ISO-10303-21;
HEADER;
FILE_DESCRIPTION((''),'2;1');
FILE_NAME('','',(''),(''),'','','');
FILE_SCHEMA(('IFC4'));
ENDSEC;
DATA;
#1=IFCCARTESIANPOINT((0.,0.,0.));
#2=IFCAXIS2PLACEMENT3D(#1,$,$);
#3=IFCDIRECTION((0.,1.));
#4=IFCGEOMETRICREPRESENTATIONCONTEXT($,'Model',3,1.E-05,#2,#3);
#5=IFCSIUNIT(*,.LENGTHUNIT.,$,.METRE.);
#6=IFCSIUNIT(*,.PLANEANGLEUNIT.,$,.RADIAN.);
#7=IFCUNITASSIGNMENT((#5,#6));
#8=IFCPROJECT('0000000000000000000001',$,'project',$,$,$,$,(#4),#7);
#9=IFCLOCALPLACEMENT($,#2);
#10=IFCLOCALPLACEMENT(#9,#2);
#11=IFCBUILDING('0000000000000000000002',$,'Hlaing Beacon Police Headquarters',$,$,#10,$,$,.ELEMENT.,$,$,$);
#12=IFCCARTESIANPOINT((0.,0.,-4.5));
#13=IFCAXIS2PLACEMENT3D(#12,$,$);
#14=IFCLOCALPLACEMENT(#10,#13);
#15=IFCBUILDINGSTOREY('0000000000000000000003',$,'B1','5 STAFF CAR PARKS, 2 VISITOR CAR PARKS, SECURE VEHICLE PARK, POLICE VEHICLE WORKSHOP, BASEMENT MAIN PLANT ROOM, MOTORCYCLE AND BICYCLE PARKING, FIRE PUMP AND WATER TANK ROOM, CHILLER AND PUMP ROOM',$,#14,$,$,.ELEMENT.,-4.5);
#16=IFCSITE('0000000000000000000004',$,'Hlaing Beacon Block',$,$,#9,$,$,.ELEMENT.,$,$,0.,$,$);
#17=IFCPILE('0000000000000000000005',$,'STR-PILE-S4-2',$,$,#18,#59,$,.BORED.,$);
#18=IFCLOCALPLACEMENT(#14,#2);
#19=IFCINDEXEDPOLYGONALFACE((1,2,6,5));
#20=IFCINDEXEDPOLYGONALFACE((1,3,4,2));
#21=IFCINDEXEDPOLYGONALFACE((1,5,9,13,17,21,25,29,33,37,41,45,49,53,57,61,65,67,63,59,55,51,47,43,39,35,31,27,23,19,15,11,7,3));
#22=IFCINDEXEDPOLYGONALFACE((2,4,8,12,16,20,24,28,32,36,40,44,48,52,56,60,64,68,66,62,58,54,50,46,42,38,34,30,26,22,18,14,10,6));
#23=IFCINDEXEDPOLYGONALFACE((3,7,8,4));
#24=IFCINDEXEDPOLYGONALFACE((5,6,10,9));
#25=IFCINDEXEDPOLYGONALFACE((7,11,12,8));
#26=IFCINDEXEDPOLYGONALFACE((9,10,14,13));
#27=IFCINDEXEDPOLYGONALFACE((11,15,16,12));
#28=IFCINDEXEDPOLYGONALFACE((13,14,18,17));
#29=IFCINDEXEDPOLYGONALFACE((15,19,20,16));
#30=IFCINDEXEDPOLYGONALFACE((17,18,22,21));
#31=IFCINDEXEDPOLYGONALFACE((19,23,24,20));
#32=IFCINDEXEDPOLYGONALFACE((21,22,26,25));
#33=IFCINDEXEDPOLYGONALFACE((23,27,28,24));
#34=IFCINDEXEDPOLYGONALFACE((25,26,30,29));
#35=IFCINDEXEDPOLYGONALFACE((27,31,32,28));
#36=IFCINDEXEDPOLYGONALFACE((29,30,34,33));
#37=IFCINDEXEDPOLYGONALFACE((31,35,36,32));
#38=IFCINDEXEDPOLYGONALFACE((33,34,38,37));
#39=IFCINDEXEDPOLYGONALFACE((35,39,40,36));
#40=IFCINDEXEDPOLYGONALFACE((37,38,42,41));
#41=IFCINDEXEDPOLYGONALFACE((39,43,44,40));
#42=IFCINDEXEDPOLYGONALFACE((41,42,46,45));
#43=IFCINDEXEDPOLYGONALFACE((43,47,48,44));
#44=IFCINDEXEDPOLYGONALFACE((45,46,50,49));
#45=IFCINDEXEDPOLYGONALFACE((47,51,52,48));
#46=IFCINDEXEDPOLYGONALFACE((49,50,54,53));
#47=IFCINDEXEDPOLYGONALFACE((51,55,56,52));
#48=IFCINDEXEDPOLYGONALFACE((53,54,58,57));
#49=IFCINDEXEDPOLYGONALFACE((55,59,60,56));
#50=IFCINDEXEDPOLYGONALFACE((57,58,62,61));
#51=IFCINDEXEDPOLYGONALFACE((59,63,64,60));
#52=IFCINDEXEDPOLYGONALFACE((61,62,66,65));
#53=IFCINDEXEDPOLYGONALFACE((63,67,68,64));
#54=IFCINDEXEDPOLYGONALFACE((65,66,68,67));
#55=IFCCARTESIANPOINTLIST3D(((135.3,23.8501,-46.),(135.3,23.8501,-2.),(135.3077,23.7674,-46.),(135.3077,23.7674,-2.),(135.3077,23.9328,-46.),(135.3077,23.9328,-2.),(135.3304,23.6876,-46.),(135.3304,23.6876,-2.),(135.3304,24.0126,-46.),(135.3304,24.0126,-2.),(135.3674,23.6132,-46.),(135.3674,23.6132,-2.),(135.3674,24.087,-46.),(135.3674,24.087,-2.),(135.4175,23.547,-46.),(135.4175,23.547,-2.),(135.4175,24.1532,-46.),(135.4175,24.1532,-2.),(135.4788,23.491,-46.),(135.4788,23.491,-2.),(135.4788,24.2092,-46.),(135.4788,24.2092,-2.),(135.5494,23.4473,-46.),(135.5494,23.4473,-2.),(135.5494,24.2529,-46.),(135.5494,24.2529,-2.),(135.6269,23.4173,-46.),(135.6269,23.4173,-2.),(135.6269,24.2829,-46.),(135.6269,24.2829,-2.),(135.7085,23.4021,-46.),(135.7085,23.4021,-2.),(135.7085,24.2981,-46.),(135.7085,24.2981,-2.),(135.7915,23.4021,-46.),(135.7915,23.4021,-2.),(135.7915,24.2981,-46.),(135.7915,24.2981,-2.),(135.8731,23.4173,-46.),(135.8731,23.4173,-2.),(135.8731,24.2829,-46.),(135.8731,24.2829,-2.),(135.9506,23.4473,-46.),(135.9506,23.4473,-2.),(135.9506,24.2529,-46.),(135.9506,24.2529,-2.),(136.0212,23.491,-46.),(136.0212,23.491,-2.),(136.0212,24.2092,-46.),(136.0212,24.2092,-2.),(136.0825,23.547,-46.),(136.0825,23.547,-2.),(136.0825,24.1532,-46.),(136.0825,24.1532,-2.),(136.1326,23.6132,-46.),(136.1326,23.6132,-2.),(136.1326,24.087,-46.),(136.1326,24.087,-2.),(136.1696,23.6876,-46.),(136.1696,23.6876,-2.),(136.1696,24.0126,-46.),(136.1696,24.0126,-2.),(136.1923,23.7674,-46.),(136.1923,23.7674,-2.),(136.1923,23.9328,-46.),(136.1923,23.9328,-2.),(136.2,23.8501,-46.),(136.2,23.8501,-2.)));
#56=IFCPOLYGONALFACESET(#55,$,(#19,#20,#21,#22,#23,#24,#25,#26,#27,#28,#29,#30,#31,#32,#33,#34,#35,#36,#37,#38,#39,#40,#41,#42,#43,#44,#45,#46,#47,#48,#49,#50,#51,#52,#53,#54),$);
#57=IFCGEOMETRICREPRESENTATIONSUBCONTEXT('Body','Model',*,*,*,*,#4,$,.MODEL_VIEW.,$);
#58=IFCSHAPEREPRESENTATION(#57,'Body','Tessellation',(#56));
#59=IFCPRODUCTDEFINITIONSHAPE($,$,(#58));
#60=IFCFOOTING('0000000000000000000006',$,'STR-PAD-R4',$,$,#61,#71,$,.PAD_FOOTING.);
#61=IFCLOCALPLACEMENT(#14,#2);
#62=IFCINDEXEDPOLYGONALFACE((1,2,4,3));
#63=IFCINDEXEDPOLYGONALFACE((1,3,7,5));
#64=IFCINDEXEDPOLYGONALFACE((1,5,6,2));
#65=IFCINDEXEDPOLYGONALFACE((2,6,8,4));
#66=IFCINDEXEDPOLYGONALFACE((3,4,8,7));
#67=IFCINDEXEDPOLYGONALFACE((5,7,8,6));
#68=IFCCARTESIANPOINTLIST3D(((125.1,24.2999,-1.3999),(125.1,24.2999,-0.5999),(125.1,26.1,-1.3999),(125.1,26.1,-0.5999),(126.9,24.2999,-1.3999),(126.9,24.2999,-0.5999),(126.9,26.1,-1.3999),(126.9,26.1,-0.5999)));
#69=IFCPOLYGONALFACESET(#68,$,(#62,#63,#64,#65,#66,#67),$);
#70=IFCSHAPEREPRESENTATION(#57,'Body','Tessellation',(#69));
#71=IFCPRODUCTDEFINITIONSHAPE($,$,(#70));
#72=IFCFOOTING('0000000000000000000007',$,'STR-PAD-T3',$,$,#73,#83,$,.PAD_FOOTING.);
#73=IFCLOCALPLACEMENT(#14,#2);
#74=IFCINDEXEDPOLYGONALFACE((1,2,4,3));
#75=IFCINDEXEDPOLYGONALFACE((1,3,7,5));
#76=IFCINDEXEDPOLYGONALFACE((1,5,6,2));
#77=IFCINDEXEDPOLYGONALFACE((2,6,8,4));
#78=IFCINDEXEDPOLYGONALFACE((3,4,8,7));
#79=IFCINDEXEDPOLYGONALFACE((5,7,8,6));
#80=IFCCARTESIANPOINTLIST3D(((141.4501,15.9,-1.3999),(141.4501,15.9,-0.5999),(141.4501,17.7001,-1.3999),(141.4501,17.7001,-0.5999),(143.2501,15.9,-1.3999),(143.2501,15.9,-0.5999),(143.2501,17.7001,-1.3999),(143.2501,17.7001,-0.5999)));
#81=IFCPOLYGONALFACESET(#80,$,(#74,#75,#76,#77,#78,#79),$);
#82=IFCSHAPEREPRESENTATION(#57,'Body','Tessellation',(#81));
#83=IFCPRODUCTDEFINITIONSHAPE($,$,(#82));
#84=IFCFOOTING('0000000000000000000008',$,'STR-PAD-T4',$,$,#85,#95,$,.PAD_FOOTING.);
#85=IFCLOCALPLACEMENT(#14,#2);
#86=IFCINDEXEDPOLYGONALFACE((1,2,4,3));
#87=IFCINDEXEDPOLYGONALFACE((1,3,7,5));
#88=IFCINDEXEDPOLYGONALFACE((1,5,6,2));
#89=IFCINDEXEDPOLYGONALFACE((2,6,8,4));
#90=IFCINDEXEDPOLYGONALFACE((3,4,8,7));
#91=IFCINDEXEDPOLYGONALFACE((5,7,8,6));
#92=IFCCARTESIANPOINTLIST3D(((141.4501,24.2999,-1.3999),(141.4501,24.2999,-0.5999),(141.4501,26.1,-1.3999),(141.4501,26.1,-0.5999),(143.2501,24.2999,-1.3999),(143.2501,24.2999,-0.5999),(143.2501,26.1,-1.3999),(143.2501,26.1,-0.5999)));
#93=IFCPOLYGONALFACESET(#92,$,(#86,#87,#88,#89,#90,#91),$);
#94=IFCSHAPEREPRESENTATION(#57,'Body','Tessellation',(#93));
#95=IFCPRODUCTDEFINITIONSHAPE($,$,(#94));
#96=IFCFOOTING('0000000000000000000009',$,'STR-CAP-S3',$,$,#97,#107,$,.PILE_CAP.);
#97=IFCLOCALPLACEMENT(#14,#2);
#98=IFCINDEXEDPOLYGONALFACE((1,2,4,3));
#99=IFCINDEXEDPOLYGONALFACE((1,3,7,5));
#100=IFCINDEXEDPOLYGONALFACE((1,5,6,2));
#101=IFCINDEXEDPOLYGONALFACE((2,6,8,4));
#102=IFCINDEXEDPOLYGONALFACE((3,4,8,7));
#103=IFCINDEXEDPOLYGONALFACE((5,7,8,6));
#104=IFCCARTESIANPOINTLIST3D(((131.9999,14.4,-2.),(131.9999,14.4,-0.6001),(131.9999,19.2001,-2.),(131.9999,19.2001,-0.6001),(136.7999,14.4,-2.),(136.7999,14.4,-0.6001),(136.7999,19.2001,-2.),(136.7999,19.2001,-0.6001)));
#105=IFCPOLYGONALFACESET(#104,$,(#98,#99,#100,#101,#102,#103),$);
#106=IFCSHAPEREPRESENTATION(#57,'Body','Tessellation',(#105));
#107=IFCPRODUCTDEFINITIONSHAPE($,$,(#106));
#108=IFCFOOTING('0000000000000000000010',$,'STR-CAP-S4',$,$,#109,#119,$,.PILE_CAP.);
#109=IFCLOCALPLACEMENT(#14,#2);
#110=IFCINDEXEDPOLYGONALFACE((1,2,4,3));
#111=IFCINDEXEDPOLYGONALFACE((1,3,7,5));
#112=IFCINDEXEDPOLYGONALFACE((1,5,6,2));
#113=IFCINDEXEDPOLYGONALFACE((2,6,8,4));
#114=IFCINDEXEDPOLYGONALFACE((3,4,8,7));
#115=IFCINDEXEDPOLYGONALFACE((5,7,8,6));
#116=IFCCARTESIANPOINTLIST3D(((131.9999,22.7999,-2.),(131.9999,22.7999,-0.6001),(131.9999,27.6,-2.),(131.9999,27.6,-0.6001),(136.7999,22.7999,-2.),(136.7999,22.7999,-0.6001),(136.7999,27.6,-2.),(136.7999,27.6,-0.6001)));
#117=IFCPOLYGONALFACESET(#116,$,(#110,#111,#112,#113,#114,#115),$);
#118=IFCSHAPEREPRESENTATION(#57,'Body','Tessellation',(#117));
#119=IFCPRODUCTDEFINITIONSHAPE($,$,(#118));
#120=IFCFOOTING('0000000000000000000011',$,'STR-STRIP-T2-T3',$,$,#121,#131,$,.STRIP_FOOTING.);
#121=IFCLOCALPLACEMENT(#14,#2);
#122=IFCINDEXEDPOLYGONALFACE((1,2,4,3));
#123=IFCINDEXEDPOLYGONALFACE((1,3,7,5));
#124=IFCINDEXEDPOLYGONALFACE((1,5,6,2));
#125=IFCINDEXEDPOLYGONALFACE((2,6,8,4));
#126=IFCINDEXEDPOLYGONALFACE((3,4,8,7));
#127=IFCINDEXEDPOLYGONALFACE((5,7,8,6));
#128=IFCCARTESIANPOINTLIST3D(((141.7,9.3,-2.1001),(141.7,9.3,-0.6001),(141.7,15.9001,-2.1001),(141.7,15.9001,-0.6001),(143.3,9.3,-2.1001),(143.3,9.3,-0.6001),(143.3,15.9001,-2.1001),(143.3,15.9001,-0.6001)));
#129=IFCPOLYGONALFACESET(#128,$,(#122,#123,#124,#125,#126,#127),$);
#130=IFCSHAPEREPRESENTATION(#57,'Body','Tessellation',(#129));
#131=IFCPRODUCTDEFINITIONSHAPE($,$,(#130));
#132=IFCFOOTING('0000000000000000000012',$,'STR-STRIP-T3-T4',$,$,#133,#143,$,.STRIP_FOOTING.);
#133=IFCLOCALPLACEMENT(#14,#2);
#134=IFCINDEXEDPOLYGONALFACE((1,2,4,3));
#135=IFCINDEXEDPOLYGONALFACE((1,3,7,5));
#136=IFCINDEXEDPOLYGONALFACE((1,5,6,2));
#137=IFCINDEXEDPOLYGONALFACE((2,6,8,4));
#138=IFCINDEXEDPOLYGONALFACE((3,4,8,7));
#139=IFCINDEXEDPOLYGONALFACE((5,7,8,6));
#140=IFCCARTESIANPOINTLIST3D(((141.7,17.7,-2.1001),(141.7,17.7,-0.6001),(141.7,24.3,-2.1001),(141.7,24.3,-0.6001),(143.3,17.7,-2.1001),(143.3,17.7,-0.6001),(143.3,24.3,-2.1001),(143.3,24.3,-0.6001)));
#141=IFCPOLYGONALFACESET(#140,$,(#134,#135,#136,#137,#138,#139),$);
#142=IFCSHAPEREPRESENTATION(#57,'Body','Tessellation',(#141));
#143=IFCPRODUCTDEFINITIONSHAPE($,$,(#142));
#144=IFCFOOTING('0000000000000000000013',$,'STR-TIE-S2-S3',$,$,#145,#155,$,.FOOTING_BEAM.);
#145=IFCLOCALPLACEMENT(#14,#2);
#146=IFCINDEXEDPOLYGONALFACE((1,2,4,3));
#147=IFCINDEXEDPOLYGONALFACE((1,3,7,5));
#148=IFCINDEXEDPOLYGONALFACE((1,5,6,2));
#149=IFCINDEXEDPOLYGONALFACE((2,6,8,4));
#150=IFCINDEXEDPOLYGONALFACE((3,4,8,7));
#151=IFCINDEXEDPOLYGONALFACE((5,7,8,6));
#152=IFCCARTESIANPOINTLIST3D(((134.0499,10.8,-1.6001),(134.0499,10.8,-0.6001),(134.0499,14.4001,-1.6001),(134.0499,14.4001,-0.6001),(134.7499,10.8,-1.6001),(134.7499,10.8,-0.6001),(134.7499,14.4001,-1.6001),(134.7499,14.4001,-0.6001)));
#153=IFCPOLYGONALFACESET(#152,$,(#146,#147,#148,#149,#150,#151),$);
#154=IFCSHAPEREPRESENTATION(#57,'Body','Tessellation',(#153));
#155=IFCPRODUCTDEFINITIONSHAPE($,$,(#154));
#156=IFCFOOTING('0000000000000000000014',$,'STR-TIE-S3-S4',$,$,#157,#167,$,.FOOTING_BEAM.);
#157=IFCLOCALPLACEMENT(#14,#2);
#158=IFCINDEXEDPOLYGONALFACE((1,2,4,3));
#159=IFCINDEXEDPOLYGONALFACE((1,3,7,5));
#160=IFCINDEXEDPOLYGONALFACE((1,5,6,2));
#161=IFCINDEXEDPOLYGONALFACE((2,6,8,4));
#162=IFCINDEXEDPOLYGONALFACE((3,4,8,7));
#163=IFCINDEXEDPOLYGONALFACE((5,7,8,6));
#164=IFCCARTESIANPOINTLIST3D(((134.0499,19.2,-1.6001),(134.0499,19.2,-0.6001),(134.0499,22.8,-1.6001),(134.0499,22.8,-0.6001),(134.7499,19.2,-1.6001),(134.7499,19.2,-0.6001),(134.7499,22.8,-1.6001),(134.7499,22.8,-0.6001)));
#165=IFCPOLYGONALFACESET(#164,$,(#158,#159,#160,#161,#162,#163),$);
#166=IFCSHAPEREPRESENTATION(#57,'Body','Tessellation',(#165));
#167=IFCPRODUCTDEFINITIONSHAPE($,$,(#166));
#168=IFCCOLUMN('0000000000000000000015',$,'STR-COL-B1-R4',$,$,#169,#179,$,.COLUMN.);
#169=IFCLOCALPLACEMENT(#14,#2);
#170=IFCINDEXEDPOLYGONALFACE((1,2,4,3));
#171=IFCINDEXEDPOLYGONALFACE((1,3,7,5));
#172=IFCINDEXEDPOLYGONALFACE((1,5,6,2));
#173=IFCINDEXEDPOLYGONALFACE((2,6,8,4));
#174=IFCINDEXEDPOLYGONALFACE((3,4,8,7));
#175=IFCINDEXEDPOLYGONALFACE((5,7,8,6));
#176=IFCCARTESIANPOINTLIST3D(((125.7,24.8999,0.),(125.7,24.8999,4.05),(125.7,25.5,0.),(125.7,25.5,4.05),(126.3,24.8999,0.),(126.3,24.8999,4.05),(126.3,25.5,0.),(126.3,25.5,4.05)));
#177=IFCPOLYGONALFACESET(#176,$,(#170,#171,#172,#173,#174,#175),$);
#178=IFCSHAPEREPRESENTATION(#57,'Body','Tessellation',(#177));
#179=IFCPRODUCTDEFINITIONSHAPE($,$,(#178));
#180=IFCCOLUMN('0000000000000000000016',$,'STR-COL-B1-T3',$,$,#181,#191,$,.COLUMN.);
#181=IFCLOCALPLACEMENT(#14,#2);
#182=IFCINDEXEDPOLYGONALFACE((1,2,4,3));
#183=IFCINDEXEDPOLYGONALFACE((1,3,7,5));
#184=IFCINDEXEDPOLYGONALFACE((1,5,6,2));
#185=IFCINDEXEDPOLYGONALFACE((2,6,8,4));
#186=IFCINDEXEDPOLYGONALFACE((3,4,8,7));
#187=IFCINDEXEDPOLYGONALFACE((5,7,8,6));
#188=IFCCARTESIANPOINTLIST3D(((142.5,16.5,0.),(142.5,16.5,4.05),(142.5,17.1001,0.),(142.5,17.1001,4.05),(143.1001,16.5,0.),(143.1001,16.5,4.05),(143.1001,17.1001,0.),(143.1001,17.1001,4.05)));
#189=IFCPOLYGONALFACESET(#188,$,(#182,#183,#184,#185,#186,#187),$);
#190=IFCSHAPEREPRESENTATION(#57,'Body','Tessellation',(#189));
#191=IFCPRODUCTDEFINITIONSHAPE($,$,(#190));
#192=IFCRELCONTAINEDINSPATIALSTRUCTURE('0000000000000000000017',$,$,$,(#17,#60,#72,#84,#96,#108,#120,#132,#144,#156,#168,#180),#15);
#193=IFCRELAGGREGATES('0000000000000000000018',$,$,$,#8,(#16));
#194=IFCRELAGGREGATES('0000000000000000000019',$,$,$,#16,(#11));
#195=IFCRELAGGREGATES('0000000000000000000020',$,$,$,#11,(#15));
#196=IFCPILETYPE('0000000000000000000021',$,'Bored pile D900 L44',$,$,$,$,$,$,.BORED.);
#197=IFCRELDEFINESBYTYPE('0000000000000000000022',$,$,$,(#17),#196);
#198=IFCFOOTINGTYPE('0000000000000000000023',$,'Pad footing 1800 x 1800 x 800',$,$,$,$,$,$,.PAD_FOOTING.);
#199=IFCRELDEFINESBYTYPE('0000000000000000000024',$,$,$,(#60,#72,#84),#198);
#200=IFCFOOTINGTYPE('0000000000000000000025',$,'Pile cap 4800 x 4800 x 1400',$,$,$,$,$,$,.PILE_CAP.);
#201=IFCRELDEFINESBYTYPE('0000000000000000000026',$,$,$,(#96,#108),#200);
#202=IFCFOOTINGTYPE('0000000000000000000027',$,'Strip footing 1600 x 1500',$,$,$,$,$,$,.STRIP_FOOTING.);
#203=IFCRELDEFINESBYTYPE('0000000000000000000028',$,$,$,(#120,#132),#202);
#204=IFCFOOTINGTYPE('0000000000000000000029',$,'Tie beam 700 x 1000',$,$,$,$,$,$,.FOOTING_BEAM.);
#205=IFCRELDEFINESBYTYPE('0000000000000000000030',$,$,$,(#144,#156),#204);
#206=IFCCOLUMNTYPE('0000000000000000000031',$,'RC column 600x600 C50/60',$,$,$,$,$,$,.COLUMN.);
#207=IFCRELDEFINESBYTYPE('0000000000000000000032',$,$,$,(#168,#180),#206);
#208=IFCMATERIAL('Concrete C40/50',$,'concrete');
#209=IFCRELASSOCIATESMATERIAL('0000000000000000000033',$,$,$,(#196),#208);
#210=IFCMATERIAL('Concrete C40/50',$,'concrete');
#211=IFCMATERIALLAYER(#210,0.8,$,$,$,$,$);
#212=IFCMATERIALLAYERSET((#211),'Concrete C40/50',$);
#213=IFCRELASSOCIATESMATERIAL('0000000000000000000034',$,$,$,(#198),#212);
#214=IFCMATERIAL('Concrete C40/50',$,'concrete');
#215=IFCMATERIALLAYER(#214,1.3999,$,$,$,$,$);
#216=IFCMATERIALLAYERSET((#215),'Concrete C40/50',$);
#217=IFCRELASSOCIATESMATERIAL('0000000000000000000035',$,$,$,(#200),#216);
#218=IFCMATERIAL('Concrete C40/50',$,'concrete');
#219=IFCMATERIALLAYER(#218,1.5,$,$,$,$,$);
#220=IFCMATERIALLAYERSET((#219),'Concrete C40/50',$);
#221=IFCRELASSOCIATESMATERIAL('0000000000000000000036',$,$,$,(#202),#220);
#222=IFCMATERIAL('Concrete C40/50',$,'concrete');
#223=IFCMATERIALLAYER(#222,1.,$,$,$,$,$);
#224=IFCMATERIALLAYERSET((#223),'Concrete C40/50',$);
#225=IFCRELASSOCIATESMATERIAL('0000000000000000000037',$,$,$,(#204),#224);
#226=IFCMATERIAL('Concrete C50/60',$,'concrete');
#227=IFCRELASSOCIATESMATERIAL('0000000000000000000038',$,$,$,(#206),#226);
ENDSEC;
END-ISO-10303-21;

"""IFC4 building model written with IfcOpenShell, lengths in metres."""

from ifc_helpers import new_model, si_unit, direction, frame, origin, origin_2d, place, context, subcontext, project, spatial, rectangle, circle, extrude, material, layer, layer_set, material_profile, profile_set, type_object, element, save


model = new_model("IFC4")

# Units and contexts
model_context = context("Model", 3, precision=1e-05, world=origin(), true_north=direction((0.0, 1.0)))
body_context = subcontext(model_context, "Body", "Model", "MODEL_VIEW")
ifc_project = project(units=[si_unit("LENGTHUNIT", "METRE"), si_unit("PLANEANGLEUNIT", "RADIAN")], contexts=[model_context])

# Site, building, storey
site_placement = place(None, origin())
site = spatial("IfcSite", under=ifc_project, at=site_placement, Name="Hlaing Beacon Block", CompositionType="ELEMENT", RefElevation=0.0)
building_placement = place(site_placement, origin())
building = spatial("IfcBuilding", under=site, at=building_placement, Name="Hlaing Beacon Police Headquarters", CompositionType="ELEMENT")
storey_placement = place(building_placement, frame((0.0, 0.0, -4.5)))
storey = spatial("IfcBuildingStorey", under=building, at=storey_placement, Name="B1", Description="5 STAFF CAR PARKS, 2 VISITOR CAR PARKS, SECURE VEHICLE PARK, POLICE VEHICLE WORKSHOP, BASEMENT MAIN PLANT ROOM, MOTORCYCLE AND BICYCLE PARKING, FIRE PUMP AND WATER TANK ROOM, CHILLER AND PUMP ROOM", CompositionType="ELEMENT", Elevation=-4.5)

# Pile
ifc_material_1 = material(Name="Concrete C40/50", Category="concrete")
ifc_material_profile_1 = material_profile(ifc_material_1, circle(Radius=0.45, at=origin_2d()), Name="D900")
ifc_profile_set_1 = profile_set([ifc_material_profile_1], Name="Concrete C40/50")
pile_type_1 = type_object("IfcPileType", Name="Bored pile D900 L44", PredefinedType="BORED", material=ifc_profile_set_1)
for number, where, z_axis, x_axis, name in (
    (1, (135.75, 23.8501, -2.0), (0.0, 0.0, -1.0), (1.0, 0.0, 0.0), "STR-PILE-S4-2"),
):
    element("IfcPile", number, at=place(storey_placement, frame(where, z_axis=z_axis, x_axis=x_axis)), inside=storey, type_object=pile_type_1, Name=name, PredefinedType="BORED", context=body_context, shape_type="SweptSolid", body=[
        extrude(circle(Radius=0.45, at=origin_2d()), origin(), (0.0, 0.0, 1.0), 44.0),
    ])

# Footings
ifc_material_2 = material(Name="Concrete C40/50", Category="concrete")
ifc_layer_1 = layer(ifc_material_2, 0.8)
ifc_layer_set_1 = layer_set([ifc_layer_1], Name="Concrete C40/50")
footing_type_1 = type_object("IfcFootingType", Name="Pad footing 1800 x 1800 x 800", PredefinedType="PAD_FOOTING", material=ifc_layer_set_1)
for number, where, z_axis, x_axis, name in (
    (2, (126.0, 25.2, -1.3999), (0.0, 0.0, 1.0), (1.0, 0.0, 0.0), "STR-PAD-R4"),
    (3, (142.3501, 16.8, -1.3999), (0.0, 0.0, 1.0), (1.0, 0.0, 0.0), "STR-PAD-T3"),
    (4, (142.3501, 25.2, -1.3999), (0.0, 0.0, 1.0), (1.0, 0.0, 0.0), "STR-PAD-T4"),
):
    element("IfcFooting", number, at=place(storey_placement, frame(where, z_axis=z_axis, x_axis=x_axis)), inside=storey, type_object=footing_type_1, Name=name, PredefinedType="PAD_FOOTING", context=body_context, shape_type="SweptSolid", body=[
        extrude(rectangle(XDim=1.8, YDim=1.8, at=origin_2d()), origin(), (0.0, 0.0, 1.0), 0.8),
    ])
ifc_material_3 = material(Name="Concrete C40/50", Category="concrete")
ifc_layer_2 = layer(ifc_material_3, 1.3999)
ifc_layer_set_2 = layer_set([ifc_layer_2], Name="Concrete C40/50")
footing_type_2 = type_object("IfcFootingType", Name="Pile cap 4800 x 4800 x 1400", PredefinedType="PILE_CAP", material=ifc_layer_set_2)
for number, where, z_axis, x_axis, name in (
    (5, (134.3999, 16.8, -2.0), (0.0, 0.0, 1.0), (1.0, 0.0, 0.0), "STR-CAP-S3"),
    (6, (134.3999, 25.2, -2.0), (0.0, 0.0, 1.0), (1.0, 0.0, 0.0), "STR-CAP-S4"),
):
    element("IfcFooting", number, at=place(storey_placement, frame(where, z_axis=z_axis, x_axis=x_axis)), inside=storey, type_object=footing_type_2, Name=name, PredefinedType="PILE_CAP", context=body_context, shape_type="SweptSolid", body=[
        extrude(rectangle(XDim=4.8, YDim=4.8, at=origin_2d()), origin(), (0.0, 0.0, 1.0), 1.3999),
    ])
ifc_material_4 = material(Name="Concrete C40/50", Category="concrete")
ifc_layer_3 = layer(ifc_material_4, 1.5)
ifc_layer_set_3 = layer_set([ifc_layer_3], Name="Concrete C40/50")
footing_type_3 = type_object("IfcFootingType", Name="Strip footing 1600 x 1500", PredefinedType="STRIP_FOOTING", material=ifc_layer_set_3)
for number, where, z_axis, x_axis, name in (
    (7, (142.5, 12.6001, -2.1001), (0.0, 0.0, 1.0), (1.0, 0.0, 0.0), "STR-STRIP-T2-T3"),
    (8, (142.5, 21.0, -2.1001), (0.0, 0.0, 1.0), (1.0, 0.0, 0.0), "STR-STRIP-T3-T4"),
):
    element("IfcFooting", number, at=place(storey_placement, frame(where, z_axis=z_axis, x_axis=x_axis)), inside=storey, type_object=footing_type_3, Name=name, PredefinedType="STRIP_FOOTING", context=body_context, shape_type="SweptSolid", body=[
        extrude(rectangle(XDim=1.6001, YDim=6.6001, at=origin_2d()), origin(), (0.0, 0.0, 1.0), 1.5),
    ])
ifc_material_5 = material(Name="Concrete C40/50", Category="concrete")
ifc_layer_4 = layer(ifc_material_5, 1.0)
ifc_layer_set_4 = layer_set([ifc_layer_4], Name="Concrete C40/50")
footing_type_4 = type_object("IfcFootingType", Name="Tie beam 700 x 1000", PredefinedType="FOOTING_BEAM", material=ifc_layer_set_4)
for number, where, z_axis, x_axis, name in (
    (9, (134.3999, 12.6001, -1.6001), (0.0, 0.0, 1.0), (1.0, 0.0, 0.0), "STR-TIE-S2-S3"),
    (10, (134.3999, 21.0, -1.6001), (0.0, 0.0, 1.0), (1.0, 0.0, 0.0), "STR-TIE-S3-S4"),
):
    element("IfcFooting", number, at=place(storey_placement, frame(where, z_axis=z_axis, x_axis=x_axis)), inside=storey, type_object=footing_type_4, Name=name, PredefinedType="FOOTING_BEAM", context=body_context, shape_type="SweptSolid", body=[
        extrude(rectangle(XDim=0.7, YDim=3.6001, at=origin_2d()), origin(), (0.0, 0.0, 1.0), 1.0),
    ])

# Columns
ifc_material_6 = material(Name="Concrete C50/60", Category="concrete")
ifc_material_profile_2 = material_profile(ifc_material_6, rectangle(XDim=0.6001, YDim=0.6001, at=origin_2d()), Name="600x600")
ifc_profile_set_2 = profile_set([ifc_material_profile_2], Name="Concrete C50/60")
column_type_1 = type_object("IfcColumnType", Name="RC column 600x600 C50/60", PredefinedType="COLUMN", material=ifc_profile_set_2)
for number, where, z_axis, x_axis, name in (
    (11, (126.0, 25.2, 0.0), (0.0, 0.0, 1.0), (1.0, 0.0, 0.0), "STR-COL-B1-R4"),
    (12, (142.8, 16.8, 0.0), (0.0, 0.0, 1.0), (1.0, 0.0, 0.0), "STR-COL-B1-T3"),
):
    element("IfcColumn", number, at=place(storey_placement, frame(where, z_axis=z_axis, x_axis=x_axis)), inside=storey, type_object=column_type_1, Name=name, PredefinedType="COLUMN", context=body_context, shape_type="SweptSolid", body=[
        extrude(rectangle(XDim=0.6001, YDim=0.6001, at=origin_2d()), origin(), (0.0, 0.0, 1.0), 4.05),
    ])

save(model, "model.ifc")
